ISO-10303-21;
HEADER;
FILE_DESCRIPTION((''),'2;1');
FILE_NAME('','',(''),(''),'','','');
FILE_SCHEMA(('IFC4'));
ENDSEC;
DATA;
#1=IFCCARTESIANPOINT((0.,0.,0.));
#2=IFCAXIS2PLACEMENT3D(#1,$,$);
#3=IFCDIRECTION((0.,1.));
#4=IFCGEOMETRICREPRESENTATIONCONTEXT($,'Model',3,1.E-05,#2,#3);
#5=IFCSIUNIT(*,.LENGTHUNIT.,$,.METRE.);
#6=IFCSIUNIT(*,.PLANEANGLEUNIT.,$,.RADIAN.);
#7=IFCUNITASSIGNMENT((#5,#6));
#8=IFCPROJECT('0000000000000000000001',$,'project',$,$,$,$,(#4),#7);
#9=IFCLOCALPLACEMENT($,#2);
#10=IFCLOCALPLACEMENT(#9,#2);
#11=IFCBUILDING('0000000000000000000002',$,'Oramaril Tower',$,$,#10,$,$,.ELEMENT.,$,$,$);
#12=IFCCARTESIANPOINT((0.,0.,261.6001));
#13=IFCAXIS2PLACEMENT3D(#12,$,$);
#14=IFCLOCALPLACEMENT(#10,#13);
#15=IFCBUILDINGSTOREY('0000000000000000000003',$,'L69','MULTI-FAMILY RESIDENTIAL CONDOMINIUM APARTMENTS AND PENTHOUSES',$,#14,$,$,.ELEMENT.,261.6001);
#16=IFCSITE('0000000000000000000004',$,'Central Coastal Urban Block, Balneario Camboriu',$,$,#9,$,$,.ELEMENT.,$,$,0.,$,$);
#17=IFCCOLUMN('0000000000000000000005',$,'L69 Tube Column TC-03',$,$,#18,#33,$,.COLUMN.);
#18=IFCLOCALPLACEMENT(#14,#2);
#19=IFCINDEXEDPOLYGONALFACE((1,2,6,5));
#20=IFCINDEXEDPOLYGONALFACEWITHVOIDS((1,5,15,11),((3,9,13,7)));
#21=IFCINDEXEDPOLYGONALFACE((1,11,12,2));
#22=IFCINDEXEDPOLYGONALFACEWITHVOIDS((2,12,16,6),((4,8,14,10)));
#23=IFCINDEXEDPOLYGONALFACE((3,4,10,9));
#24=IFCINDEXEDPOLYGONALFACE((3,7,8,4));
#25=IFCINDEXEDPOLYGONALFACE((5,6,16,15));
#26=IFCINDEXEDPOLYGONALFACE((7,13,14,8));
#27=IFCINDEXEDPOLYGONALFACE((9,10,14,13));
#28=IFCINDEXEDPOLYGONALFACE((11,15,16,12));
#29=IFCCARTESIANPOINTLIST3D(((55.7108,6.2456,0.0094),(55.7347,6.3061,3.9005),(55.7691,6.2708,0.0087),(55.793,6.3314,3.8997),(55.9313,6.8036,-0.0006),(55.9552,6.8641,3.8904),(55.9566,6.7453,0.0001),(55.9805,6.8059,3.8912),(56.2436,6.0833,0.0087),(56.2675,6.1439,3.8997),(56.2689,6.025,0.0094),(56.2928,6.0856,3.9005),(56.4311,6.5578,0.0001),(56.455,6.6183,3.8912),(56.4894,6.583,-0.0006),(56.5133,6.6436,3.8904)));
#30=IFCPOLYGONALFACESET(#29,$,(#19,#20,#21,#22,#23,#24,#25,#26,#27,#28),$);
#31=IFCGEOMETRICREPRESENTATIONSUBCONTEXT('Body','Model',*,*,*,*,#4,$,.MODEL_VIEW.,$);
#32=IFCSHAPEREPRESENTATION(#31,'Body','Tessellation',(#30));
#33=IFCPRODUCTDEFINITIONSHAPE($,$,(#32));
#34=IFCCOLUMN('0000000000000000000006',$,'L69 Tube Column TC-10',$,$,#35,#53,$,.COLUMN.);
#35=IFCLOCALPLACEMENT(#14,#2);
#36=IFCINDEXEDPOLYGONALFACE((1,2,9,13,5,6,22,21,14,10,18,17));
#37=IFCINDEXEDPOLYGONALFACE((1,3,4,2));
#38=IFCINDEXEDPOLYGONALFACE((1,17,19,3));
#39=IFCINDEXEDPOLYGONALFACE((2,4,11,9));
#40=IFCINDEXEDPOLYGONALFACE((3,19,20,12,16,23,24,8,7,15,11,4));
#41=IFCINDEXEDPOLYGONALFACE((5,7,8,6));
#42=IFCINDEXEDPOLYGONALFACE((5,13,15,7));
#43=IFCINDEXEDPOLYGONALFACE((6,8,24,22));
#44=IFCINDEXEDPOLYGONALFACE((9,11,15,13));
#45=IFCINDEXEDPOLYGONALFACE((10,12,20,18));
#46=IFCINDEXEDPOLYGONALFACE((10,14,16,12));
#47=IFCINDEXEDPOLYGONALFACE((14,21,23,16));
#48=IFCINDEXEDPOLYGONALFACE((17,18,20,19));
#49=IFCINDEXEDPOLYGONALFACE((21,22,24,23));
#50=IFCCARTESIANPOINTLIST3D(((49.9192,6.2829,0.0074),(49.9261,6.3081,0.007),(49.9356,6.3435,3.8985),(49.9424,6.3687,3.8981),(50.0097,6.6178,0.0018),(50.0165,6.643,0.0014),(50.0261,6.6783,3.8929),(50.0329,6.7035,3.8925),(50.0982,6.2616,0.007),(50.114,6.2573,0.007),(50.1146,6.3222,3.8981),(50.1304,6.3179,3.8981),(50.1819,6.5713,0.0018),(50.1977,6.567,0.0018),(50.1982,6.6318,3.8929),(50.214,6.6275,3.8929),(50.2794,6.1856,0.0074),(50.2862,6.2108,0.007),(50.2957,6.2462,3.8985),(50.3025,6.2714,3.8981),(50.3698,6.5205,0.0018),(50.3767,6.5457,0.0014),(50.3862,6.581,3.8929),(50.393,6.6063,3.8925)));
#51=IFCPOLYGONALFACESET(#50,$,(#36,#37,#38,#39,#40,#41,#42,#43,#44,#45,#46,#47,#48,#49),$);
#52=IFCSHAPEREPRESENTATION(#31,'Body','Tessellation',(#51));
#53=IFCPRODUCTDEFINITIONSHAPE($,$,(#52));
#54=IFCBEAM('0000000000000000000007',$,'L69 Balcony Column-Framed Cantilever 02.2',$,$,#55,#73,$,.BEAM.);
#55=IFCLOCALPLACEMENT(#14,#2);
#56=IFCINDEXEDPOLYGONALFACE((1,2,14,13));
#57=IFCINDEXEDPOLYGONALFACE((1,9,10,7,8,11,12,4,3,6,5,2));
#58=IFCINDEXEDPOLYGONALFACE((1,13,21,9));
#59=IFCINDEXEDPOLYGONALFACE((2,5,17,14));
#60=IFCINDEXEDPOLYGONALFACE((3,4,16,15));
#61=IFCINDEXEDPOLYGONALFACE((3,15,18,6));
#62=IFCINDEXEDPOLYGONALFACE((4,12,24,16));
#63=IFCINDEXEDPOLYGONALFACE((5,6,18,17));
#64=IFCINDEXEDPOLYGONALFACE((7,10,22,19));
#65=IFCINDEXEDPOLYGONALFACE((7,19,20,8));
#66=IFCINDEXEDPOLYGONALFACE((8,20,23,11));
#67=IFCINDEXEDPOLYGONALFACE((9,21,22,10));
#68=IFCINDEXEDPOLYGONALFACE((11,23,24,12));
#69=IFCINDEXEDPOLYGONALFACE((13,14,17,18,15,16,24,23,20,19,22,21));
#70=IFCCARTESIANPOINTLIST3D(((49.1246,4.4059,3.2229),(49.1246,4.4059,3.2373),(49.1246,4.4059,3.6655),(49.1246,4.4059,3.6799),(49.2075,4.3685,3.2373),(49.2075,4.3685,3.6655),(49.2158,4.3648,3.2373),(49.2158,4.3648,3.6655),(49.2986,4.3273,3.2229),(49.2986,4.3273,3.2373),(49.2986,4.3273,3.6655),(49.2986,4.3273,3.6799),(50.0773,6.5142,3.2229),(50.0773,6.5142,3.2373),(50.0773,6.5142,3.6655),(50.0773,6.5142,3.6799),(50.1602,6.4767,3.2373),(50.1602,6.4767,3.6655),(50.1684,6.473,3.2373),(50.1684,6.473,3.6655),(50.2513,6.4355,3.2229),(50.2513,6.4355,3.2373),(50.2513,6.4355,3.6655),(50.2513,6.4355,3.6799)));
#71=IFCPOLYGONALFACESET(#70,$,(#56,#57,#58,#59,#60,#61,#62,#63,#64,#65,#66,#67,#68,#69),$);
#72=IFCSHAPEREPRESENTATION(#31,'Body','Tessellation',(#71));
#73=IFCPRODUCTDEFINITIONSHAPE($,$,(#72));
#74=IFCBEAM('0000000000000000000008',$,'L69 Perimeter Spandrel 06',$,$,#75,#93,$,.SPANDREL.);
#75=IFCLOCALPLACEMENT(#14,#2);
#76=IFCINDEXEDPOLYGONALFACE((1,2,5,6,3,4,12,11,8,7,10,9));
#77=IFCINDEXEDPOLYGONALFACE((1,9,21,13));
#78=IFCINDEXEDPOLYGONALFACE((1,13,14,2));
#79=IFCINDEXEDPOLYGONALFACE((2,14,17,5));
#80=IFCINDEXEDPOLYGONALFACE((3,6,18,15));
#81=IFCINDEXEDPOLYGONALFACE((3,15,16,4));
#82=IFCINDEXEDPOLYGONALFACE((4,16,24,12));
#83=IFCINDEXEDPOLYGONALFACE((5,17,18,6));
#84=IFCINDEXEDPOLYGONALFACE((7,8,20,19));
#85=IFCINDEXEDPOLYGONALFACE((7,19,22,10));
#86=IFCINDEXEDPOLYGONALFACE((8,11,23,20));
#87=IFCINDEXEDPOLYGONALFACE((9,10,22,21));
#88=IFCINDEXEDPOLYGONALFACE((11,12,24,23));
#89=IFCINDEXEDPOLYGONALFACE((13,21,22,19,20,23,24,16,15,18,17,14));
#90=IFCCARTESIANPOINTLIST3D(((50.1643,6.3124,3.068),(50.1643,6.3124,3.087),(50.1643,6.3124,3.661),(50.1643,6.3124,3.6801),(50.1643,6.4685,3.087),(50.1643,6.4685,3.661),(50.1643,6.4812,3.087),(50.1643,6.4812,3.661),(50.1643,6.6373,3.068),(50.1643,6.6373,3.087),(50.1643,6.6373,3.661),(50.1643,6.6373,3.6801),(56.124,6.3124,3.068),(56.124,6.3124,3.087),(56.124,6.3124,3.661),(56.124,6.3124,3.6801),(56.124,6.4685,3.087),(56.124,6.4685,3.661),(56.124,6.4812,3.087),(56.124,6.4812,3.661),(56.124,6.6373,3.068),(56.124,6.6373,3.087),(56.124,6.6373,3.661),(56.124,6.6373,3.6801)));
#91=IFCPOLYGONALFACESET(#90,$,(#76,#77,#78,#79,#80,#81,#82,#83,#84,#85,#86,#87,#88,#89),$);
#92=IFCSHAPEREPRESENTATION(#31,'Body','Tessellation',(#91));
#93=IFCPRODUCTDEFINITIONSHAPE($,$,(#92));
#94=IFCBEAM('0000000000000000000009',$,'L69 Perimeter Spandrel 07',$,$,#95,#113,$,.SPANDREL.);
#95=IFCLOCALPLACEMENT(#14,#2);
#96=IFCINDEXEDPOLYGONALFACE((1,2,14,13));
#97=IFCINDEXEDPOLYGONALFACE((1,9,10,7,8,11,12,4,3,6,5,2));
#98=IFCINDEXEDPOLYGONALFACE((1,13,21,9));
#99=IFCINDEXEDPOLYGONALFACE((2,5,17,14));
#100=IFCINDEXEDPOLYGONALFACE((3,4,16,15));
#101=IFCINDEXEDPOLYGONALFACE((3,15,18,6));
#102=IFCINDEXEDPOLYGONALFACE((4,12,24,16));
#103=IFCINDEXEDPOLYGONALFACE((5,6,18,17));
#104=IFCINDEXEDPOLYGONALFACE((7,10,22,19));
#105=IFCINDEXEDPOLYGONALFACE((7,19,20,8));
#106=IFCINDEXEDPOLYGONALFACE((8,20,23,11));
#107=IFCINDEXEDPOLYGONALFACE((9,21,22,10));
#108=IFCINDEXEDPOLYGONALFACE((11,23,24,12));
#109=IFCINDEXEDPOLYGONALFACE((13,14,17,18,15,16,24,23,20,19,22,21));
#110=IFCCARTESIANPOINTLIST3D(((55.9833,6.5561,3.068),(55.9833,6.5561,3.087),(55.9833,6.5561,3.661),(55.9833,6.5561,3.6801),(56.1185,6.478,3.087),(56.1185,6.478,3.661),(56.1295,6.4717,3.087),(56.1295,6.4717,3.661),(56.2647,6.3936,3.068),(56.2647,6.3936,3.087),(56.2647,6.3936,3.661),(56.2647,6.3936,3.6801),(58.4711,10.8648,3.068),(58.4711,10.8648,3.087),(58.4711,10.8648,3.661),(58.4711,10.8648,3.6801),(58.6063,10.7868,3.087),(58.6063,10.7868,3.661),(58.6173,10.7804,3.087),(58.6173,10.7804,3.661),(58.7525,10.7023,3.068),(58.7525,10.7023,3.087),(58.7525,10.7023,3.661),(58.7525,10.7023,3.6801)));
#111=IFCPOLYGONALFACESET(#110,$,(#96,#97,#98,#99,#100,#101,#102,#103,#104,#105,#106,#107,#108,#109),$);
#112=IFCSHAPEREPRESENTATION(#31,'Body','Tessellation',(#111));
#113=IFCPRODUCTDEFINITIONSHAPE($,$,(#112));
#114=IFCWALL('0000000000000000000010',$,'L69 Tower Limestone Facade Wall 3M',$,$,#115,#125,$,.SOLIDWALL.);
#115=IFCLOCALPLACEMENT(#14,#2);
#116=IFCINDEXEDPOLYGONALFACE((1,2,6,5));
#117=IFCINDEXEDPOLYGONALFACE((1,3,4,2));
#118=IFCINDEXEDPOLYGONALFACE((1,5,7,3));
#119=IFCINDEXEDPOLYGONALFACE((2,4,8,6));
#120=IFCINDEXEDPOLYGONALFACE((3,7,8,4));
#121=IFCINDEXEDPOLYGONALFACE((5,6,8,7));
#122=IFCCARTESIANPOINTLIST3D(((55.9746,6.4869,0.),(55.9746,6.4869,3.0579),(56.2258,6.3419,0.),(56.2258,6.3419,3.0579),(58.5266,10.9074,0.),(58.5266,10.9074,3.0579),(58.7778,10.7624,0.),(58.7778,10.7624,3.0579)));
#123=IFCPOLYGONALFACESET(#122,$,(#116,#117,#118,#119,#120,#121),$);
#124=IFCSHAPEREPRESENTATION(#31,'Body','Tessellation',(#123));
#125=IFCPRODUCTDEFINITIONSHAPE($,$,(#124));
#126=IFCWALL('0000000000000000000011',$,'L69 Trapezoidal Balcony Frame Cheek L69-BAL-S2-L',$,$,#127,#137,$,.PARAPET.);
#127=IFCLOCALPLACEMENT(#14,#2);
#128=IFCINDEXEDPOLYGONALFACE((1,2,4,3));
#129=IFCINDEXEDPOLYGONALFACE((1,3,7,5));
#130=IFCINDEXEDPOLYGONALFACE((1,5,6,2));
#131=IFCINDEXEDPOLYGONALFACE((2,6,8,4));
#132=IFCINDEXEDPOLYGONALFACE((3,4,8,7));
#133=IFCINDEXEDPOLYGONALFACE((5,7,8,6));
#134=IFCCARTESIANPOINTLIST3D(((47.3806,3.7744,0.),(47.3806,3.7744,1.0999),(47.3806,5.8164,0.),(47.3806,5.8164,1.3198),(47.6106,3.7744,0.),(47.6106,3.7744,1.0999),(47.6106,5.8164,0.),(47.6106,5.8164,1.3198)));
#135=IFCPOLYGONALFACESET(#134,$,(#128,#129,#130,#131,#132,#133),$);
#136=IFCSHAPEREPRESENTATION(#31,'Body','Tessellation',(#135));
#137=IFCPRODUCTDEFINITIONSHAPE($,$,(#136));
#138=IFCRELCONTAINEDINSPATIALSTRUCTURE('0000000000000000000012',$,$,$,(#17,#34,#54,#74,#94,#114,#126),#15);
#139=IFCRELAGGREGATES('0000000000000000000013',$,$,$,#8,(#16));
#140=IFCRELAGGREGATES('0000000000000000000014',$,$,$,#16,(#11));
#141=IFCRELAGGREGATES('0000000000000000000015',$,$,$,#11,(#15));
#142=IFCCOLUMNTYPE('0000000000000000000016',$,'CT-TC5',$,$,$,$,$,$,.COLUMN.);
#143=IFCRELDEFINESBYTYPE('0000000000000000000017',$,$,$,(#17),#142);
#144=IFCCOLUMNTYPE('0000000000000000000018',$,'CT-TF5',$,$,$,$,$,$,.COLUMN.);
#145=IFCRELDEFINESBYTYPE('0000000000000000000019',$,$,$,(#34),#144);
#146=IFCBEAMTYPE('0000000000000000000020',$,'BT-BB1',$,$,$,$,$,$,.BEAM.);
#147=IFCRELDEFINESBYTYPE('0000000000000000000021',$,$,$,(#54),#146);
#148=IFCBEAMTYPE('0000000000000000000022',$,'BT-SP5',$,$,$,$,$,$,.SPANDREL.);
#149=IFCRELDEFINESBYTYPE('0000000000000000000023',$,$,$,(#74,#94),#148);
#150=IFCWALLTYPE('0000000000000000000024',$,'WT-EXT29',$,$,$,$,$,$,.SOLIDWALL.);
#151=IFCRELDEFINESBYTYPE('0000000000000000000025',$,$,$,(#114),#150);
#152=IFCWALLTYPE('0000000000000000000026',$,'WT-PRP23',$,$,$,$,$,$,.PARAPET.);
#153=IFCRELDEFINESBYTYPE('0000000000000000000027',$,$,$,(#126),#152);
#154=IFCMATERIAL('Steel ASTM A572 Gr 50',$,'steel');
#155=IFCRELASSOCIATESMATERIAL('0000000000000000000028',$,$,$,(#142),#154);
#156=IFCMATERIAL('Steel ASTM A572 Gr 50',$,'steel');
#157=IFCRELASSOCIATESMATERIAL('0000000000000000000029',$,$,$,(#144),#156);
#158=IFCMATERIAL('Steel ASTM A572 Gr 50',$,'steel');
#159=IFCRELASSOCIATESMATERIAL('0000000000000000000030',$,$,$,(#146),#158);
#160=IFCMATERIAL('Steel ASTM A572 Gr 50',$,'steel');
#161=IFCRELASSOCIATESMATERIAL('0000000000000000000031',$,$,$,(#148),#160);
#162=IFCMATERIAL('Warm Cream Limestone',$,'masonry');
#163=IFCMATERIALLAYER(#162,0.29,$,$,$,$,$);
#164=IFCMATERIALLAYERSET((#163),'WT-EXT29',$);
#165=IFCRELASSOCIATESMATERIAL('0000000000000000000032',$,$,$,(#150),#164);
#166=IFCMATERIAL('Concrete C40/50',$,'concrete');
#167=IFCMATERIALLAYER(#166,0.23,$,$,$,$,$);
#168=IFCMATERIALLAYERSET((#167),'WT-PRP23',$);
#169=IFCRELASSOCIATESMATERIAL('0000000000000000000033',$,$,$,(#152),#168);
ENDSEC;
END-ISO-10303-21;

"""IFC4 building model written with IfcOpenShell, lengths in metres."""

from ifc_helpers import new_model, si_unit, direction, frame, frame_2d, origin, origin_2d, place, context, subcontext, project, spatial, polyline, rectangle, hollow_rectangle, i_section, outline, extrude, material, layer, layer_set, material_profile, profile_set, type_object, element, save


model = new_model("IFC4")

# Units and contexts
model_context = context("Model", 3, precision=1e-05, world=origin(), true_north=direction((0.0, 1.0)))
body_context = subcontext(model_context, "Body", "Model", "MODEL_VIEW")
ifc_project = project(units=[si_unit("LENGTHUNIT", "METRE"), si_unit("PLANEANGLEUNIT", "RADIAN")], contexts=[model_context])

# Site, building, storey
site_placement = place(None, origin())
site = spatial("IfcSite", under=ifc_project, at=site_placement, Name="Central Coastal Urban Block, Balneario Camboriu", CompositionType="ELEMENT", RefElevation=0.0)
building_placement = place(site_placement, origin())
building = spatial("IfcBuilding", under=site, at=building_placement, Name="Oramaril Tower", CompositionType="ELEMENT")
storey_placement = place(building_placement, frame((0.0, 0.0, 261.6001)))
storey = spatial("IfcBuildingStorey", under=building, at=storey_placement, Name="L69", Description="MULTI-FAMILY RESIDENTIAL CONDOMINIUM APARTMENTS AND PENTHOUSES", CompositionType="ELEMENT", Elevation=261.6001)

# Columns
ifc_material_1 = material(Name="Steel ASTM A572 Gr 50", Category="steel")
ifc_material_profile_1 = material_profile(ifc_material_1, hollow_rectangle(XDim=0.6001, YDim=0.6001, WallThickness=0.0449, at=origin_2d()), Name="BOX600X600X45")
ifc_profile_set_1 = profile_set([ifc_material_profile_1], Name="Steel ASTM A572 Gr 50")
column_type_1 = type_object("IfcColumnType", Name="CT-TC5", PredefinedType="COLUMN", material=ifc_profile_set_1)
column_1_placement = place(storey_placement, frame((56.1001, 6.4143, 0.0044), z_axis=(0.006148, 0.015558, 0.99986), x_axis=(-0.93002, 0.367508, 0.0)))
element("IfcColumn", 1, at=column_1_placement, inside=storey, type_object=column_type_1, Name="L69 Tube Column TC-03", PredefinedType="COLUMN", context=body_context, shape_type="SweptSolid", body=[
    extrude(hollow_rectangle(XDim=0.6001, YDim=0.6001, WallThickness=0.0449, at=origin_2d()), origin(), (0.0, 0.0, 1.0), 3.8916),
])
ifc_material_2 = material(Name="Steel ASTM A572 Gr 50", Category="steel")
ifc_material_profile_2 = material_profile(ifc_material_2, i_section(OverallWidth=0.373, OverallDepth=0.373, WebThickness=0.0164, FlangeThickness=0.0261, at=origin_2d()), Name="W14X132")
ifc_profile_set_2 = profile_set([ifc_material_profile_2], Name="Steel ASTM A572 Gr 50")
column_type_2 = type_object("IfcColumnType", Name="CT-TF5", PredefinedType="COLUMN", material=ifc_profile_set_2)
column_2_placement = place(storey_placement, frame((50.1479, 6.4143, 0.0044), z_axis=(0.004203, 0.015558, 0.99987), x_axis=(-0.96539, 0.260811, 0.0)))
element("IfcColumn", 2, at=column_2_placement, inside=storey, type_object=column_type_2, Name="L69 Tube Column TC-10", PredefinedType="COLUMN", context=body_context, shape_type="SweptSolid", body=[
    extrude(i_section(OverallWidth=0.373, OverallDepth=0.373, WebThickness=0.0164, FlangeThickness=0.0261, at=origin_2d()), origin(), (0.0, 0.0, 1.0), 3.8916),
])

# Beams
ifc_material_3 = material(Name="Steel ASTM A572 Gr 50", Category="steel")
ifc_material_profile_3 = material_profile(ifc_material_3, i_section(OverallWidth=0.1909, OverallDepth=0.457, WebThickness=0.009, FlangeThickness=0.0144, at=origin_2d()), Name="W18X50")
ifc_profile_set_3 = profile_set([ifc_material_profile_3], Name="Steel ASTM A572 Gr 50")
beam_type_1 = type_object("IfcBeamType", Name="BT-BB1", PredefinedType="BEAM", material=ifc_profile_set_3)
beam_1_placement = place(storey_placement, frame((50.1643, 6.4749, 3.4514), z_axis=(-0.41179, -0.911279, 0.0), x_axis=(0.911279, -0.41179, 0.0)))
element("IfcBeam", 3, at=beam_1_placement, inside=storey, type_object=beam_type_1, Name="L69 Balcony Column-Framed Cantilever 02.2", PredefinedType="BEAM", context=body_context, shape_type="SweptSolid", body=[
    extrude(i_section(OverallWidth=0.1909, OverallDepth=0.457, WebThickness=0.009, FlangeThickness=0.0144, at=origin_2d()), origin(), (0.0, 0.0, 1.0), 2.3135),
])
ifc_material_4 = material(Name="Steel ASTM A572 Gr 50", Category="steel")
ifc_material_profile_4 = material_profile(ifc_material_4, i_section(OverallWidth=0.325, OverallDepth=0.6121, WebThickness=0.0127, FlangeThickness=0.019, at=origin_2d()), Name="W24X104")
ifc_profile_set_4 = profile_set([ifc_material_profile_4], Name="Steel ASTM A572 Gr 50")
beam_type_2 = type_object("IfcBeamType", Name="BT-SP5", PredefinedType="SPANDREL", material=ifc_profile_set_4)
beam_2_placement = place(storey_placement, frame((50.1643, 6.4749, 3.374), z_axis=(1.0, 0.0, 0.0), x_axis=(0.0, 1.0, 0.0)))
element("IfcBeam", 4, at=beam_2_placement, inside=storey, type_object=beam_type_2, Name="L69 Perimeter Spandrel 06", PredefinedType="SPANDREL", context=body_context, shape_type="SweptSolid", body=[
    extrude(i_section(OverallWidth=0.325, OverallDepth=0.6121, WebThickness=0.0127, FlangeThickness=0.019, at=origin_2d()), origin(), (0.0, 0.0, 1.0), 5.9597),
])
beam_3_placement = place(storey_placement, frame((56.124, 6.4749, 3.374), z_axis=(0.500013, 0.866018, 0.0), x_axis=(-0.866018, 0.500013, 0.0)))
element("IfcBeam", 5, at=beam_3_placement, inside=storey, type_object=beam_type_2, Name="L69 Perimeter Spandrel 07", PredefinedType="SPANDREL", context=body_context, shape_type="SweptSolid", body=[
    extrude(i_section(OverallWidth=0.325, OverallDepth=0.6121, WebThickness=0.0127, FlangeThickness=0.019, at=origin_2d()), origin(), (0.0, 0.0, 1.0), 4.9753),
])

# Walls
ifc_material_5 = material(Name="Warm Cream Limestone", Category="masonry")
ifc_layer_1 = layer(ifc_material_5, 0.29)
ifc_layer_set_1 = layer_set([ifc_layer_1], Name="WT-EXT29")
wall_type_1 = type_object("IfcWallType", Name="WT-EXT29", PredefinedType="SOLIDWALL", material=ifc_layer_set_1)
wall_1_placement = place(storey_placement, frame((56.1001, 6.4143, 0.0), z_axis=(0.0, 0.0, 1.0), x_axis=(0.499982, 0.866036, 0.0)))
element("IfcWall", 6, at=wall_1_placement, inside=storey, type_object=wall_type_1, Name="L69 Tower Limestone Facade Wall 3M", PredefinedType="SOLIDWALL", context=body_context, shape_type="SweptSolid", body=[
    extrude(rectangle(XDim=5.1042, YDim=0.29, at=frame_2d((2.5522, 0.0))), origin(), (0.0, 0.0, 1.0), 3.0579),
])
ifc_material_6 = material(Name="Concrete C40/50", Category="concrete")
ifc_layer_2 = layer(ifc_material_6, 0.23)
ifc_layer_set_2 = layer_set([ifc_layer_2], Name="WT-PRP23")
wall_type_2 = type_object("IfcWallType", Name="WT-PRP23", PredefinedType="PARAPET", material=ifc_layer_set_2)
wall_2_placement = place(storey_placement, frame((47.4956, 5.8164, 0.0), z_axis=(0.0, 0.0, 1.0), x_axis=(0.0, -1.0, 0.0)))
element("IfcWall", 7, at=wall_2_placement, inside=storey, type_object=wall_type_2, Name="L69 Trapezoidal Balcony Frame Cheek L69-BAL-S2-L", PredefinedType="PARAPET", context=body_context, shape_type="SweptSolid", body=[
    extrude(outline(polyline([(0.0, 0.0), (2.042, 0.0), (2.042, 1.0999), (0.0, 1.3198), (0.0, 0.0)])), frame((0.0, 0.115, 0.0), z_axis=(0.0, -1.0, 0.0), x_axis=(1.0, 0.0, 0.0)), (0.0, 0.0, 1.0), 0.23),
])

save(model, "model.ifc")
